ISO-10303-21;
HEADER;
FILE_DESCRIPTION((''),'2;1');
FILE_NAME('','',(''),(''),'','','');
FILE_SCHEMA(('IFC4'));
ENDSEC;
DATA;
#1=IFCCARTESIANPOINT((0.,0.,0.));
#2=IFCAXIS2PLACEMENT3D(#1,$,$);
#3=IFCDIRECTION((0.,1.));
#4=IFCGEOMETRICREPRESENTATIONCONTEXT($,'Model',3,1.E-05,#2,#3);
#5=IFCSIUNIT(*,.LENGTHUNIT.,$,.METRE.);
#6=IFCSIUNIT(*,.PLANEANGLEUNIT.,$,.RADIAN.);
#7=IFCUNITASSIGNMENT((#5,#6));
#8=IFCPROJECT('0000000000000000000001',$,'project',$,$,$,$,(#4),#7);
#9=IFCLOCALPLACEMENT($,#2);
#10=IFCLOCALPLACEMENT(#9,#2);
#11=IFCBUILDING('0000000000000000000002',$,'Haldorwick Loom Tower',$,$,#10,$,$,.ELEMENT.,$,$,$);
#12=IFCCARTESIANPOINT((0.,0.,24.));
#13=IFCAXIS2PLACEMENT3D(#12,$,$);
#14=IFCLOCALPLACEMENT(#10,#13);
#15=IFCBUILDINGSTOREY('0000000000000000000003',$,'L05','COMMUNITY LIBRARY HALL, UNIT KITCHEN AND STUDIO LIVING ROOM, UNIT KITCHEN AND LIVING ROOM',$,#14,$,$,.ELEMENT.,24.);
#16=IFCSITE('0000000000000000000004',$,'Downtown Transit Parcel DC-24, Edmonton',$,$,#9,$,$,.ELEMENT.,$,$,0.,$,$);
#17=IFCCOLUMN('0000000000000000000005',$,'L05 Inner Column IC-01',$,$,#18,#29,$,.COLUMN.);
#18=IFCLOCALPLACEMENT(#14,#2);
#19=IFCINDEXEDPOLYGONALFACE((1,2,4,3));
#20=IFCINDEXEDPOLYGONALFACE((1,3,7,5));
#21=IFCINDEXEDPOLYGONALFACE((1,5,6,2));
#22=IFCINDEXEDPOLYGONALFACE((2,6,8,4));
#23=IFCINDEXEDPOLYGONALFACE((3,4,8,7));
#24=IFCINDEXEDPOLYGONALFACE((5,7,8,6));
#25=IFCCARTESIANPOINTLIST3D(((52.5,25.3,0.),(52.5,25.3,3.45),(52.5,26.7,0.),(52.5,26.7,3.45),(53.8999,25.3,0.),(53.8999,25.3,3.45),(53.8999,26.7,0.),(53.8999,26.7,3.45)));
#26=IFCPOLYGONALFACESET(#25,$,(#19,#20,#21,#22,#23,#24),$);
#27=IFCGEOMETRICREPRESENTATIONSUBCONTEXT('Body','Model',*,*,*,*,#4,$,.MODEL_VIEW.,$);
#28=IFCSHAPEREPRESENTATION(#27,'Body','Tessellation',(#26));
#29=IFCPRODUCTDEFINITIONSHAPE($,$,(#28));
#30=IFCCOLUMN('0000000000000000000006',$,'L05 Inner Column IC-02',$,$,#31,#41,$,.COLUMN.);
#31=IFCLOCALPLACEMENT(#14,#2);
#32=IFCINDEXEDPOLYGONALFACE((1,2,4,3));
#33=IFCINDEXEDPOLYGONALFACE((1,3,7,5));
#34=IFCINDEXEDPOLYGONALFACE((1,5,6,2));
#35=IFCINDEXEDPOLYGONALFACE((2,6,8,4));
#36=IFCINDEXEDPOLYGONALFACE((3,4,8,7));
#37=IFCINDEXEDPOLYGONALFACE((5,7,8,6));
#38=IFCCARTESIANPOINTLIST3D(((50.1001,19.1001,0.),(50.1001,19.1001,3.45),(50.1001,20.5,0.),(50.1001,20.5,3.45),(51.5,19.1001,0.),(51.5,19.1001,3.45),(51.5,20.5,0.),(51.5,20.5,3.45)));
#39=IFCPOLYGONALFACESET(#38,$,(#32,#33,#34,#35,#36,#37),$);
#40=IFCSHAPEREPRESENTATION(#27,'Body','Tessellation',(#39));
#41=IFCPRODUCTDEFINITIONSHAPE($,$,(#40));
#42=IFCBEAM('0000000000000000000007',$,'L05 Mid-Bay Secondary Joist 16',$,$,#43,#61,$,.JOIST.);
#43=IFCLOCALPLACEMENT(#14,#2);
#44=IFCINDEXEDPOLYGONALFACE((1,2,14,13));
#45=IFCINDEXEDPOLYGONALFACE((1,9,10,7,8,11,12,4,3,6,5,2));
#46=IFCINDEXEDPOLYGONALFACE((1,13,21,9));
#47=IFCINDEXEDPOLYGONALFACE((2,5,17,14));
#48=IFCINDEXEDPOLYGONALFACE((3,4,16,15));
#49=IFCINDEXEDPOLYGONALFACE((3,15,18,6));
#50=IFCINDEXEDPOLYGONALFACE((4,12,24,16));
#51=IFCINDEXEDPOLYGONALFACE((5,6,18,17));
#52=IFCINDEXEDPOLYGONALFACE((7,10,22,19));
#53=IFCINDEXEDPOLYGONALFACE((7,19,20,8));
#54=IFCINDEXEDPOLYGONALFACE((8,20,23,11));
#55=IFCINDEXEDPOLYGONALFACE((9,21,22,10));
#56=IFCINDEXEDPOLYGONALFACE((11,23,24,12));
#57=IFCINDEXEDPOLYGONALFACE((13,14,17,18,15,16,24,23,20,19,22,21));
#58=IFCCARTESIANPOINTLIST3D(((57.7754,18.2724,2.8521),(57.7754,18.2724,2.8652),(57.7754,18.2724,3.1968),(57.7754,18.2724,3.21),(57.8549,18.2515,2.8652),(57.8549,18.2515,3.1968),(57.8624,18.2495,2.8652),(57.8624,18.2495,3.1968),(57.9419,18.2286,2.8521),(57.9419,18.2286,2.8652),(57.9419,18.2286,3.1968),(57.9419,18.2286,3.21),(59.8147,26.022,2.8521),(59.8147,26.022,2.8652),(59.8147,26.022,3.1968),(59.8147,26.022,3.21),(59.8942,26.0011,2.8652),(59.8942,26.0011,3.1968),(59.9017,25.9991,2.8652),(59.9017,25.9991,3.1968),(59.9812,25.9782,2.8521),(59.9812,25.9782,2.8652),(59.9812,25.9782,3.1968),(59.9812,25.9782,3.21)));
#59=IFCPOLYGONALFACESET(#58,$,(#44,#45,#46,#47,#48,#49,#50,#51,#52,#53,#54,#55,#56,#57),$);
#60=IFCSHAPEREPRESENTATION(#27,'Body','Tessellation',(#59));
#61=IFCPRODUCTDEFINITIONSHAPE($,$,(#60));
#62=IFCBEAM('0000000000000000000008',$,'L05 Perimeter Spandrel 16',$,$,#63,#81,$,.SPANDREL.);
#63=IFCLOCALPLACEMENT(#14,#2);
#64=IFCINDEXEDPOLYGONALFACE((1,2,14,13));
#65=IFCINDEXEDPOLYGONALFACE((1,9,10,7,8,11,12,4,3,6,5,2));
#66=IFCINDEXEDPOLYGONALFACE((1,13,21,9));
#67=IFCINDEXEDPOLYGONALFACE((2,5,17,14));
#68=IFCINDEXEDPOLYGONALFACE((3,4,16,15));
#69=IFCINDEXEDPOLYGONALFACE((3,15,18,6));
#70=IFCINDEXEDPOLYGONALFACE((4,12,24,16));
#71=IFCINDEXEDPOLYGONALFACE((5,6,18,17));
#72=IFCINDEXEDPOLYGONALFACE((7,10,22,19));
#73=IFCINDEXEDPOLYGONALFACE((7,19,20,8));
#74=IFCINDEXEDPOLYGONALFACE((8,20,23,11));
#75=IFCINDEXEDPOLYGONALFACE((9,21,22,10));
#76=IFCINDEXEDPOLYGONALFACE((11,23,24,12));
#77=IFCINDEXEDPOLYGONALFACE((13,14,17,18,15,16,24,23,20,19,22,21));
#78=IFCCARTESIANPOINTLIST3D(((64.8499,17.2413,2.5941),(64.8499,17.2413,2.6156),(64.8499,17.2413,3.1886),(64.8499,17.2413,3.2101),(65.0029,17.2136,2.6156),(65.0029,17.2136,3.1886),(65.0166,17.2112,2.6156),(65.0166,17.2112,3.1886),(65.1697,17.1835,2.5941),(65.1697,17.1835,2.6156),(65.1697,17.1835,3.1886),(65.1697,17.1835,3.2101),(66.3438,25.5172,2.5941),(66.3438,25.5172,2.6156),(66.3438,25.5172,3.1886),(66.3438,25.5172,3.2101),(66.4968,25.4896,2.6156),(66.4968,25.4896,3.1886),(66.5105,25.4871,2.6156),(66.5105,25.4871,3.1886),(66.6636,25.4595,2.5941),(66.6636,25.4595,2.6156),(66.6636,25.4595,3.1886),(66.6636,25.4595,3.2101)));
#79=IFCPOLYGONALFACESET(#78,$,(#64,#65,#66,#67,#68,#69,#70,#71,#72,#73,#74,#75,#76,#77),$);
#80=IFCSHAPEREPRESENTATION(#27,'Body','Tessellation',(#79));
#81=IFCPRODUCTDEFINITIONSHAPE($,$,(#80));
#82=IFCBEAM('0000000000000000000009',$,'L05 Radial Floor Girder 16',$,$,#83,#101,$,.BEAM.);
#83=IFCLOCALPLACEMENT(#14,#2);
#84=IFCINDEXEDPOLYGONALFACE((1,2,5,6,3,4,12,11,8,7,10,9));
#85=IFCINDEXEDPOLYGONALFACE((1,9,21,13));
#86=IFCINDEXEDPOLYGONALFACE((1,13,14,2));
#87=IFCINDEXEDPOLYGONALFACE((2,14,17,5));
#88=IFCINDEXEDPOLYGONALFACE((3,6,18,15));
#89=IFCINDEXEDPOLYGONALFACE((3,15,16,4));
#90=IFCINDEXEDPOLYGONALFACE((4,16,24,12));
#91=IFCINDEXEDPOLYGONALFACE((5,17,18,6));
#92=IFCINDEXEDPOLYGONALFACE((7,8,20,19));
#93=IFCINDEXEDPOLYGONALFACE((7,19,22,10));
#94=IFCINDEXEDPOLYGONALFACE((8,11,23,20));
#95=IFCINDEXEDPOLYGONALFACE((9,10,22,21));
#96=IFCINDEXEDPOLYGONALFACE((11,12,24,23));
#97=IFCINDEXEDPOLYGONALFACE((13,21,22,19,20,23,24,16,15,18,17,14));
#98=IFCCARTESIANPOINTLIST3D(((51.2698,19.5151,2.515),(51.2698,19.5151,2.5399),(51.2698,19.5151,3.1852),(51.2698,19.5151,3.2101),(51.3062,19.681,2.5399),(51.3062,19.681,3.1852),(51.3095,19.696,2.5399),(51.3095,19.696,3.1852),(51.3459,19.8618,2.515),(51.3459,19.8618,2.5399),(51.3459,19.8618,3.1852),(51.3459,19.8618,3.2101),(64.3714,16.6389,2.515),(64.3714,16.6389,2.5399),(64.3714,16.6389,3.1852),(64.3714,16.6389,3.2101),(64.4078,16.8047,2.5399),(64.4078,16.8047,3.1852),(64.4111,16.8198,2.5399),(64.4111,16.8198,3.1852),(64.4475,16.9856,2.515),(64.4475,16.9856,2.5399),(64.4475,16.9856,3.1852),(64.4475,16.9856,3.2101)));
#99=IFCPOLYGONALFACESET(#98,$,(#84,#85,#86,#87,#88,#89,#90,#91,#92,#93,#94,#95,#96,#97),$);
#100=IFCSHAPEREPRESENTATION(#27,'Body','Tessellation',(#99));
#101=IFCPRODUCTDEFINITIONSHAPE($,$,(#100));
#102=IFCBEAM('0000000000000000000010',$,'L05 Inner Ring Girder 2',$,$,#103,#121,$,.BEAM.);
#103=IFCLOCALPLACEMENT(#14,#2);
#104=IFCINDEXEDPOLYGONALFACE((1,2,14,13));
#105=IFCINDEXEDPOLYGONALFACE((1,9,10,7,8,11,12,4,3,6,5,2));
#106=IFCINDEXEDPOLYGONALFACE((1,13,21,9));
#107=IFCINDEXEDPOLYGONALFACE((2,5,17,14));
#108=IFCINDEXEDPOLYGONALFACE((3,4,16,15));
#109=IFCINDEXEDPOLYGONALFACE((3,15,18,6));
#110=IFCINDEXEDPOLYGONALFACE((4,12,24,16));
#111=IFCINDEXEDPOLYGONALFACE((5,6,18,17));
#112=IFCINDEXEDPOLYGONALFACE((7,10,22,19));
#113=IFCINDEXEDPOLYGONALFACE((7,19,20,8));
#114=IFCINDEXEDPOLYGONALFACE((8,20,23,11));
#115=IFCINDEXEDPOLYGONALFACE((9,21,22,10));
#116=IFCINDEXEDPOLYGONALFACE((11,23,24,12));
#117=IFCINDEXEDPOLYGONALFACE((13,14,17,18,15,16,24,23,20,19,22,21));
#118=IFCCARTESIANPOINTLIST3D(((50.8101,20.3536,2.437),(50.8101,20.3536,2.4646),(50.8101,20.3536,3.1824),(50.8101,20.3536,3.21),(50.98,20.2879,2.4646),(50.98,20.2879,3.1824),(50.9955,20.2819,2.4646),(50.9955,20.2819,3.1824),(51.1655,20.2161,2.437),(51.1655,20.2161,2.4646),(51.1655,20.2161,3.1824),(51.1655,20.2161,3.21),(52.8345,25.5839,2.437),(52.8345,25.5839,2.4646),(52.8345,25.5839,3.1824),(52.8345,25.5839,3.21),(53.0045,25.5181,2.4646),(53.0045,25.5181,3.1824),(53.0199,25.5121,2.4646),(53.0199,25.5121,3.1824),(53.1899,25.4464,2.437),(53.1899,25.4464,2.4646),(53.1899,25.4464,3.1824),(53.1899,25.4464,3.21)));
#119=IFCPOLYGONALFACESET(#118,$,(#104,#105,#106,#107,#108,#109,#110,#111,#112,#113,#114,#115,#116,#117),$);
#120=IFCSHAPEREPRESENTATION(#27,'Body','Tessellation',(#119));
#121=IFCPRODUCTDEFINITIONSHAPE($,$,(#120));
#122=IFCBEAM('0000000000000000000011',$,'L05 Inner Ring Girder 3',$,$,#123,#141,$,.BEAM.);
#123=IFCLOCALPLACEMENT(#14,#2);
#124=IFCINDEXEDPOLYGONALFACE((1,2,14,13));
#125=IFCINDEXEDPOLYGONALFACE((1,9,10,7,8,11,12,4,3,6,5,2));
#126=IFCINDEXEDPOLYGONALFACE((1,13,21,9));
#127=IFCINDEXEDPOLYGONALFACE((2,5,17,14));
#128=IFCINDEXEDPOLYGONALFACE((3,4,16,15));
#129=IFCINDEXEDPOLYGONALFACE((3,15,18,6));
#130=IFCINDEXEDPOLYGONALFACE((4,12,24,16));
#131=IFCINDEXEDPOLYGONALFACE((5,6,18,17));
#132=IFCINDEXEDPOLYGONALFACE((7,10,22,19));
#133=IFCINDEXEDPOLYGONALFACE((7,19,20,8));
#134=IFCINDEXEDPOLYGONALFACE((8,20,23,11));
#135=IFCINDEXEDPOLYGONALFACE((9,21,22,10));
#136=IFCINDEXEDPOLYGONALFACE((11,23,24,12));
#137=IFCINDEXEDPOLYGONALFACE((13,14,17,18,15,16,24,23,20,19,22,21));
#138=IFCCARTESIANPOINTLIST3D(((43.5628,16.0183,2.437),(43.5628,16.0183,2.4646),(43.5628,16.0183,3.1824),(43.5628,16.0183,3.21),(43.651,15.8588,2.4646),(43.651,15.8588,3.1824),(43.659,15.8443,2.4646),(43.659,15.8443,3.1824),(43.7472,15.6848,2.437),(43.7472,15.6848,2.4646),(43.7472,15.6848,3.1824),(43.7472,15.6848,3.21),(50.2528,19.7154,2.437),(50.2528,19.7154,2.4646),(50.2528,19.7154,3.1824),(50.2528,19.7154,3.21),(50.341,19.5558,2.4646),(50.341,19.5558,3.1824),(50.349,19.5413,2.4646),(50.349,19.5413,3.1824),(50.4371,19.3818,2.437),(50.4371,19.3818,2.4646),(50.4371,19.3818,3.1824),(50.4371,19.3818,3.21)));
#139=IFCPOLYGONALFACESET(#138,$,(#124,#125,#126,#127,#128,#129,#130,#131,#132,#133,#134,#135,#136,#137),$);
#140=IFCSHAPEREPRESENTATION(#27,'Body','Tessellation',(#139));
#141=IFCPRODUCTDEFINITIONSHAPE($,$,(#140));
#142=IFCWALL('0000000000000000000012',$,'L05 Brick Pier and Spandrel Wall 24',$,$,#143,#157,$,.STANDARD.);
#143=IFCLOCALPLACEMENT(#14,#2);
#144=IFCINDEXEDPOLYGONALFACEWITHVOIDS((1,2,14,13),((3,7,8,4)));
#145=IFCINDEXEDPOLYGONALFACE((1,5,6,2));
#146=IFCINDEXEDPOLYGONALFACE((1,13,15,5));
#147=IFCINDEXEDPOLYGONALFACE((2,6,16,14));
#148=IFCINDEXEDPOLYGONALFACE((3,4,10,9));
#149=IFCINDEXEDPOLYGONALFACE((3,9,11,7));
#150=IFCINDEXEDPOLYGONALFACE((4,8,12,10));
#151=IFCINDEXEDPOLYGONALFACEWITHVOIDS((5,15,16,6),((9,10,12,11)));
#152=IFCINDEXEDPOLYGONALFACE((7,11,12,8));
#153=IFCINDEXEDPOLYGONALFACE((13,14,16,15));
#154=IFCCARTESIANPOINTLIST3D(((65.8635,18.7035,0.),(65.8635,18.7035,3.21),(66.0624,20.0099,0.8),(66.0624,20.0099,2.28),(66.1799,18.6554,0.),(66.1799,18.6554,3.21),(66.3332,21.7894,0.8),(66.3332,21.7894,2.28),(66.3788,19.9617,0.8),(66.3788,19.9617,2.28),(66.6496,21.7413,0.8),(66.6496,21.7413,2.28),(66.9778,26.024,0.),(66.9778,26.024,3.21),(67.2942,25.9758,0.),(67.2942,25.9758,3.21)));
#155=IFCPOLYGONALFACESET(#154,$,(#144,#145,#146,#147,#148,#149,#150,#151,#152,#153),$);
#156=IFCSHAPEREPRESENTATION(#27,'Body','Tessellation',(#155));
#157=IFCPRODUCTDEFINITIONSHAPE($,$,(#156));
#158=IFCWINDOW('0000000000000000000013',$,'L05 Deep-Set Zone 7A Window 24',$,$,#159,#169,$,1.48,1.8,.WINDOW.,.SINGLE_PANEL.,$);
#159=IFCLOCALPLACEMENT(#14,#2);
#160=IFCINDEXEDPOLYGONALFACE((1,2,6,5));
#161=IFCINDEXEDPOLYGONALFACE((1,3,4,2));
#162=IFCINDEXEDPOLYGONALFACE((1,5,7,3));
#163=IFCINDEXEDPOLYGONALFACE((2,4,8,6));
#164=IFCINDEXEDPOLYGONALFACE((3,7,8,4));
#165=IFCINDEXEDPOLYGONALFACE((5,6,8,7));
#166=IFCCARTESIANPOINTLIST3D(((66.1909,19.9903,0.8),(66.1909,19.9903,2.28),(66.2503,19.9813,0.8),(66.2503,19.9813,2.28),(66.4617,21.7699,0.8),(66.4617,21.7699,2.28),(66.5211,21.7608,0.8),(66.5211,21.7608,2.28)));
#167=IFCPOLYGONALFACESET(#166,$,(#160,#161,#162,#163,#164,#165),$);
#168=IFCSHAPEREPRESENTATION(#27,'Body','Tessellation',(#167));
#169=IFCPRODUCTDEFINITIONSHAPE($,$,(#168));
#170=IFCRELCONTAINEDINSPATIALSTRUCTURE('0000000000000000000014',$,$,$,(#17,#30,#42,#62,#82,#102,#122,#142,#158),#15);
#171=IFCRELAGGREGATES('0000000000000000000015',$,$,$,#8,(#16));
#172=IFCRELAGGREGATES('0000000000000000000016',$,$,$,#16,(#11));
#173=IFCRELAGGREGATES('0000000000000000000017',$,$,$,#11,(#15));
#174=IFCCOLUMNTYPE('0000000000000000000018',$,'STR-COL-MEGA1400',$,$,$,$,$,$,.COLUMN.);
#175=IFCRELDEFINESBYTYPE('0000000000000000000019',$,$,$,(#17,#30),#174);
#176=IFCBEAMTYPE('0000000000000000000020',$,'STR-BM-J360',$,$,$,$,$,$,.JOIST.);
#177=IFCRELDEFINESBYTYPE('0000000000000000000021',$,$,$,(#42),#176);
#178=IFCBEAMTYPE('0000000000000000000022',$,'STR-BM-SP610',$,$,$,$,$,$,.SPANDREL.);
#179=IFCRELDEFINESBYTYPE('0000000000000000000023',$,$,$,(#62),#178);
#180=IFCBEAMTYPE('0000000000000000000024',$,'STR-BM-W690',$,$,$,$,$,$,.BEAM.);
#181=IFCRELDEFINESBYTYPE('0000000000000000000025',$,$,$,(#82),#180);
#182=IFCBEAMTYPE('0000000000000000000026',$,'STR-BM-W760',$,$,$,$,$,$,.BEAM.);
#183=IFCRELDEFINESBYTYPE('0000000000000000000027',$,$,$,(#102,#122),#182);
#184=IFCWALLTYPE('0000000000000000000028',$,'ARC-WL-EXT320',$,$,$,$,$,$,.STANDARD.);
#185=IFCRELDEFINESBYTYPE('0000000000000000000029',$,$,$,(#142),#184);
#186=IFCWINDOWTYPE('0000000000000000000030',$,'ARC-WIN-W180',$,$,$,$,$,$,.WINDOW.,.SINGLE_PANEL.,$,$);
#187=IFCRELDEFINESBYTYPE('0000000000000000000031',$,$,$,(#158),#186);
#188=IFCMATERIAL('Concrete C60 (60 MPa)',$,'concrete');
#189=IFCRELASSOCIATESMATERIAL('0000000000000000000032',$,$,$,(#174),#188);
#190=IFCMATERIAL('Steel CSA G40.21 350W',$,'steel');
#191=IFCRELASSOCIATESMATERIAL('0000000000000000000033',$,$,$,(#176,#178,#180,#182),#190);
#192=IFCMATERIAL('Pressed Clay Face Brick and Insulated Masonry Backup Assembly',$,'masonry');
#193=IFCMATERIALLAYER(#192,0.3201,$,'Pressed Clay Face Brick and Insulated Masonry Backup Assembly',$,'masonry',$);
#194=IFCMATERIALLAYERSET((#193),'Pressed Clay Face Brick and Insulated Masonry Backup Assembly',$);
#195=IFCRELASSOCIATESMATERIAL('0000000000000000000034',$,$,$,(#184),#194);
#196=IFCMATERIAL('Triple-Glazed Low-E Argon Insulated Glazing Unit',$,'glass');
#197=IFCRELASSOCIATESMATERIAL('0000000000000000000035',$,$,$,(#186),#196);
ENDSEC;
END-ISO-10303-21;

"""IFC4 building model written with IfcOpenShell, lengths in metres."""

from ifc_helpers import new_model, si_unit, direction, frame, frame_2d, origin, origin_2d, place, context, subcontext, project, spatial, rectangle, i_section, extrude, material, layer, layer_set, material_profile, profile_set, type_object, element, fill, save


model = new_model("IFC4")

# Units and contexts
model_context = context("Model", 3, precision=1e-05, world=origin(), true_north=direction((0.0, 1.0)))
body_context = subcontext(model_context, "Body", "Model", "MODEL_VIEW")
ifc_project = project(units=[si_unit("LENGTHUNIT", "METRE"), si_unit("PLANEANGLEUNIT", "RADIAN")], contexts=[model_context])

# Site, building, storey
site_placement = place(None, origin())
site = spatial("IfcSite", under=ifc_project, at=site_placement, Name="Downtown Transit Parcel DC-24, Edmonton", CompositionType="ELEMENT", RefElevation=0.0)
building_placement = place(site_placement, origin())
building = spatial("IfcBuilding", under=site, at=building_placement, Name="Haldorwick Loom Tower", CompositionType="ELEMENT")
storey_placement = place(building_placement, frame((0.0, 0.0, 24.0)))
storey = spatial("IfcBuildingStorey", under=building, at=storey_placement, Name="L05", Description="COMMUNITY LIBRARY HALL, UNIT KITCHEN AND STUDIO LIVING ROOM, UNIT KITCHEN AND LIVING ROOM", CompositionType="ELEMENT", Elevation=24.0)

# Columns
ifc_material_1 = material(Name="Concrete C60 (60 MPa)", Category="concrete")
ifc_material_profile_1 = material_profile(ifc_material_1, rectangle(XDim=1.3999, YDim=1.3999, at=origin_2d()), Name="RC1400X1400", Category="concrete")
ifc_profile_set_1 = profile_set([ifc_material_profile_1], Name="Concrete C60 (60 MPa)")
column_type = type_object("IfcColumnType", Name="STR-COL-MEGA1400", PredefinedType="COLUMN", material=ifc_profile_set_1)
for number, where, z_axis, x_axis, name in (
    (1, (53.2, 26.0, 0.0), (0.0, 0.0, 1.0), (1.0, 0.0, 0.0), "L05 Inner Column IC-01"),
    (2, (50.8, 19.8, 0.0), (0.0, 0.0, 1.0), (1.0, 0.0, 0.0), "L05 Inner Column IC-02"),
):
    element("IfcColumn", number, at=place(storey_placement, frame(where, z_axis=z_axis, x_axis=x_axis)), inside=storey, type_object=column_type, Name=name, PredefinedType="COLUMN", context=body_context, shape_type="SweptSolid", body=[
        extrude(rectangle(XDim=1.3999, YDim=1.3999, at=origin_2d()), origin(), (0.0, 0.0, 1.0), 3.45),
    ])

# Beams
ifc_material_2 = material(Name="Steel CSA G40.21 350W", Category="steel")
ifc_material_profile_2 = material_profile(ifc_material_2, i_section(OverallWidth=0.1721, OverallDepth=0.3579, WebThickness=0.0078, FlangeThickness=0.0132, at=origin_2d()), Name="W360X57", Category="steel")
ifc_profile_set_2 = profile_set([ifc_material_profile_2], Name="Steel CSA G40.21 350W")
beam_type_1 = type_object("IfcBeamType", Name="STR-BM-J360", PredefinedType="JOIST", material=ifc_profile_set_2)
beam_1_placement = place(storey_placement, frame((57.8586, 18.2505, 3.031), z_axis=(0.254489, 0.967076, 0.0), x_axis=(-0.967076, 0.254489, 0.0)))
element("IfcBeam", 3, at=beam_1_placement, inside=storey, type_object=beam_type_1, Name="L05 Mid-Bay Secondary Joist 16", PredefinedType="JOIST", context=body_context, shape_type="SweptSolid", body=[
    extrude(i_section(OverallWidth=0.1721, OverallDepth=0.3579, WebThickness=0.0078, FlangeThickness=0.0132, at=origin_2d()), origin(), (0.0, 0.0, 1.0), 8.0134),
])
ifc_material_profile_3 = material_profile(ifc_material_2, i_section(OverallWidth=0.325, OverallDepth=0.616, WebThickness=0.0139, FlangeThickness=0.0215, at=origin_2d()), Name="W610X174", Category="steel")
ifc_profile_set_3 = profile_set([ifc_material_profile_3], Name="Steel CSA G40.21 350W")
beam_type_2 = type_object("IfcBeamType", Name="STR-BM-SP610", PredefinedType="SPANDREL", material=ifc_profile_set_3)
beam_2_placement = place(storey_placement, frame((65.0098, 17.2124, 2.9021), z_axis=(0.177641, 0.984095, 0.0), x_axis=(-0.984095, 0.177641, 0.0)))
element("IfcBeam", 4, at=beam_2_placement, inside=storey, type_object=beam_type_2, Name="L05 Perimeter Spandrel 16", PredefinedType="SPANDREL", context=body_context, shape_type="SweptSolid", body=[
    extrude(i_section(OverallWidth=0.325, OverallDepth=0.616, WebThickness=0.0139, FlangeThickness=0.0215, at=origin_2d()), origin(), (0.0, 0.0, 1.0), 8.4097),
])
ifc_material_profile_4 = material_profile(ifc_material_2, i_section(OverallWidth=0.355, OverallDepth=0.6951, WebThickness=0.0154, FlangeThickness=0.0249, at=origin_2d()), Name="W690X217", Category="steel")
ifc_profile_set_4 = profile_set([ifc_material_profile_4], Name="Steel CSA G40.21 350W")
beam_type_3 = type_object("IfcBeamType", Name="STR-BM-W690", PredefinedType="BEAM", material=ifc_profile_set_4)
beam_3_placement = place(storey_placement, frame((51.3079, 19.6885, 2.8625), z_axis=(0.97674, -0.214426, 0.0), x_axis=(0.214426, 0.97674, 0.0)))
element("IfcBeam", 5, at=beam_3_placement, inside=storey, type_object=beam_type_3, Name="L05 Radial Floor Girder 16", PredefinedType="BEAM", context=body_context, shape_type="SweptSolid", body=[
    extrude(i_section(OverallWidth=0.355, OverallDepth=0.6951, WebThickness=0.0154, FlangeThickness=0.0249, at=origin_2d()), origin(), (0.0, 0.0, 1.0), 13.4136),
])
ifc_material_profile_5 = material_profile(ifc_material_2, i_section(OverallWidth=0.3811, OverallDepth=0.7729, WebThickness=0.0166, FlangeThickness=0.0276, at=origin_2d()), Name="W760X257", Category="steel")
ifc_profile_set_5 = profile_set([ifc_material_profile_5], Name="Steel CSA G40.21 350W")
beam_type_4 = type_object("IfcBeamType", Name="STR-BM-W760", PredefinedType="BEAM", material=ifc_profile_set_5)
beam_4_placement = place(storey_placement, frame((53.0122, 25.5151, 2.8235), z_axis=(-0.360965, -0.932579, 0.0), x_axis=(0.932579, -0.360965, 0.0)))
element("IfcBeam", 6, at=beam_4_placement, inside=storey, type_object=beam_type_4, Name="L05 Inner Ring Girder 2", PredefinedType="BEAM", context=body_context, shape_type="SweptSolid", body=[
    extrude(i_section(OverallWidth=0.3811, OverallDepth=0.7729, WebThickness=0.0166, FlangeThickness=0.0276, at=origin_2d()), origin(), (0.0, 0.0, 1.0), 5.6084),
])
beam_5_placement = place(storey_placement, frame((50.345, 19.5486, 2.8235), z_axis=(-0.875244, -0.483681, 0.0), x_axis=(0.483681, -0.875244, 0.0)))
element("IfcBeam", 7, at=beam_5_placement, inside=storey, type_object=beam_type_4, Name="L05 Inner Ring Girder 3", PredefinedType="BEAM", context=body_context, shape_type="SweptSolid", body=[
    extrude(i_section(OverallWidth=0.3811, OverallDepth=0.7729, WebThickness=0.0166, FlangeThickness=0.0276, at=origin_2d()), origin(), (0.0, 0.0, 1.0), 7.6436),
])

# Wall, opening, window
ifc_material_3 = material(Name="Pressed Clay Face Brick and Insulated Masonry Backup Assembly", Category="masonry")
ifc_layer_1 = layer(ifc_material_3, 0.3201, Name="Pressed Clay Face Brick and Insulated Masonry Backup Assembly", Category="masonry")
ifc_layer_set_1 = layer_set([ifc_layer_1], Name="Pressed Clay Face Brick and Insulated Masonry Backup Assembly")
wall_type_1 = type_object("IfcWallType", Name="ARC-WL-EXT320", PredefinedType="STANDARD", material=ifc_layer_set_1)
wall_1_placement = place(storey_placement, frame((66.0217, 18.6794, 0.0), z_axis=(0.0, 0.0, 1.0), x_axis=(0.150476, 0.988614, 0.0)))
wall_1 = element("IfcWall", 8, at=wall_1_placement, inside=storey, type_object=wall_type_1, Name="L05 Brick Pier and Spandrel Wall 24", PredefinedType="STANDARD", context=body_context, shape_type="SweptSolid", body=[
    extrude(rectangle(XDim=7.4048, YDim=0.3201, at=frame_2d((3.7024, 0.0))), origin(), (0.0, 0.0, 1.0), 3.21),
])
opening_1_placement = place(wall_1_placement, frame((1.3215, 0.0, 0.8)))
opening_1 = element("IfcOpeningElement", 9, at=opening_1_placement, cuts=wall_1, PredefinedType="OPENING", context=body_context, shape_type="SweptSolid", body=[
    extrude(rectangle(XDim=1.8, YDim=1.48, at=frame_2d((0.8999, 0.74))), frame((0.0, 0.1699, 0.0), z_axis=(0.0, -1.0, 0.0), x_axis=(1.0, 0.0, 0.0)), (0.0, 0.0, 1.0), 0.3401),
])
ifc_material_4 = material(Name="Triple-Glazed Low-E Argon Insulated Glazing Unit", Category="glass")
window_type = type_object("IfcWindowType", Name="ARC-WIN-W180", PartitioningType="SINGLE_PANEL", PredefinedType="WINDOW", material=ifc_material_4)
window_placement = place(opening_1_placement, origin())
window = element("IfcWindow", 10, at=window_placement, inside=storey, type_object=window_type, Name="L05 Deep-Set Zone 7A Window 24", OverallHeight=1.48, OverallWidth=1.8, PartitioningType="SINGLE_PANEL", PredefinedType="WINDOW", context=body_context, shape_type="SweptSolid", body=[
    extrude(rectangle(XDim=1.8, YDim=1.48, at=frame_2d((0.8999, 0.74))), frame((0.0, 0.03, 0.0), z_axis=(0.0, -1.0, 0.0), x_axis=(1.0, 0.0, 0.0)), (0.0, 0.0, 1.0), 0.0601),
])
fill(opening_1, window)

save(model, "model.ifc")
